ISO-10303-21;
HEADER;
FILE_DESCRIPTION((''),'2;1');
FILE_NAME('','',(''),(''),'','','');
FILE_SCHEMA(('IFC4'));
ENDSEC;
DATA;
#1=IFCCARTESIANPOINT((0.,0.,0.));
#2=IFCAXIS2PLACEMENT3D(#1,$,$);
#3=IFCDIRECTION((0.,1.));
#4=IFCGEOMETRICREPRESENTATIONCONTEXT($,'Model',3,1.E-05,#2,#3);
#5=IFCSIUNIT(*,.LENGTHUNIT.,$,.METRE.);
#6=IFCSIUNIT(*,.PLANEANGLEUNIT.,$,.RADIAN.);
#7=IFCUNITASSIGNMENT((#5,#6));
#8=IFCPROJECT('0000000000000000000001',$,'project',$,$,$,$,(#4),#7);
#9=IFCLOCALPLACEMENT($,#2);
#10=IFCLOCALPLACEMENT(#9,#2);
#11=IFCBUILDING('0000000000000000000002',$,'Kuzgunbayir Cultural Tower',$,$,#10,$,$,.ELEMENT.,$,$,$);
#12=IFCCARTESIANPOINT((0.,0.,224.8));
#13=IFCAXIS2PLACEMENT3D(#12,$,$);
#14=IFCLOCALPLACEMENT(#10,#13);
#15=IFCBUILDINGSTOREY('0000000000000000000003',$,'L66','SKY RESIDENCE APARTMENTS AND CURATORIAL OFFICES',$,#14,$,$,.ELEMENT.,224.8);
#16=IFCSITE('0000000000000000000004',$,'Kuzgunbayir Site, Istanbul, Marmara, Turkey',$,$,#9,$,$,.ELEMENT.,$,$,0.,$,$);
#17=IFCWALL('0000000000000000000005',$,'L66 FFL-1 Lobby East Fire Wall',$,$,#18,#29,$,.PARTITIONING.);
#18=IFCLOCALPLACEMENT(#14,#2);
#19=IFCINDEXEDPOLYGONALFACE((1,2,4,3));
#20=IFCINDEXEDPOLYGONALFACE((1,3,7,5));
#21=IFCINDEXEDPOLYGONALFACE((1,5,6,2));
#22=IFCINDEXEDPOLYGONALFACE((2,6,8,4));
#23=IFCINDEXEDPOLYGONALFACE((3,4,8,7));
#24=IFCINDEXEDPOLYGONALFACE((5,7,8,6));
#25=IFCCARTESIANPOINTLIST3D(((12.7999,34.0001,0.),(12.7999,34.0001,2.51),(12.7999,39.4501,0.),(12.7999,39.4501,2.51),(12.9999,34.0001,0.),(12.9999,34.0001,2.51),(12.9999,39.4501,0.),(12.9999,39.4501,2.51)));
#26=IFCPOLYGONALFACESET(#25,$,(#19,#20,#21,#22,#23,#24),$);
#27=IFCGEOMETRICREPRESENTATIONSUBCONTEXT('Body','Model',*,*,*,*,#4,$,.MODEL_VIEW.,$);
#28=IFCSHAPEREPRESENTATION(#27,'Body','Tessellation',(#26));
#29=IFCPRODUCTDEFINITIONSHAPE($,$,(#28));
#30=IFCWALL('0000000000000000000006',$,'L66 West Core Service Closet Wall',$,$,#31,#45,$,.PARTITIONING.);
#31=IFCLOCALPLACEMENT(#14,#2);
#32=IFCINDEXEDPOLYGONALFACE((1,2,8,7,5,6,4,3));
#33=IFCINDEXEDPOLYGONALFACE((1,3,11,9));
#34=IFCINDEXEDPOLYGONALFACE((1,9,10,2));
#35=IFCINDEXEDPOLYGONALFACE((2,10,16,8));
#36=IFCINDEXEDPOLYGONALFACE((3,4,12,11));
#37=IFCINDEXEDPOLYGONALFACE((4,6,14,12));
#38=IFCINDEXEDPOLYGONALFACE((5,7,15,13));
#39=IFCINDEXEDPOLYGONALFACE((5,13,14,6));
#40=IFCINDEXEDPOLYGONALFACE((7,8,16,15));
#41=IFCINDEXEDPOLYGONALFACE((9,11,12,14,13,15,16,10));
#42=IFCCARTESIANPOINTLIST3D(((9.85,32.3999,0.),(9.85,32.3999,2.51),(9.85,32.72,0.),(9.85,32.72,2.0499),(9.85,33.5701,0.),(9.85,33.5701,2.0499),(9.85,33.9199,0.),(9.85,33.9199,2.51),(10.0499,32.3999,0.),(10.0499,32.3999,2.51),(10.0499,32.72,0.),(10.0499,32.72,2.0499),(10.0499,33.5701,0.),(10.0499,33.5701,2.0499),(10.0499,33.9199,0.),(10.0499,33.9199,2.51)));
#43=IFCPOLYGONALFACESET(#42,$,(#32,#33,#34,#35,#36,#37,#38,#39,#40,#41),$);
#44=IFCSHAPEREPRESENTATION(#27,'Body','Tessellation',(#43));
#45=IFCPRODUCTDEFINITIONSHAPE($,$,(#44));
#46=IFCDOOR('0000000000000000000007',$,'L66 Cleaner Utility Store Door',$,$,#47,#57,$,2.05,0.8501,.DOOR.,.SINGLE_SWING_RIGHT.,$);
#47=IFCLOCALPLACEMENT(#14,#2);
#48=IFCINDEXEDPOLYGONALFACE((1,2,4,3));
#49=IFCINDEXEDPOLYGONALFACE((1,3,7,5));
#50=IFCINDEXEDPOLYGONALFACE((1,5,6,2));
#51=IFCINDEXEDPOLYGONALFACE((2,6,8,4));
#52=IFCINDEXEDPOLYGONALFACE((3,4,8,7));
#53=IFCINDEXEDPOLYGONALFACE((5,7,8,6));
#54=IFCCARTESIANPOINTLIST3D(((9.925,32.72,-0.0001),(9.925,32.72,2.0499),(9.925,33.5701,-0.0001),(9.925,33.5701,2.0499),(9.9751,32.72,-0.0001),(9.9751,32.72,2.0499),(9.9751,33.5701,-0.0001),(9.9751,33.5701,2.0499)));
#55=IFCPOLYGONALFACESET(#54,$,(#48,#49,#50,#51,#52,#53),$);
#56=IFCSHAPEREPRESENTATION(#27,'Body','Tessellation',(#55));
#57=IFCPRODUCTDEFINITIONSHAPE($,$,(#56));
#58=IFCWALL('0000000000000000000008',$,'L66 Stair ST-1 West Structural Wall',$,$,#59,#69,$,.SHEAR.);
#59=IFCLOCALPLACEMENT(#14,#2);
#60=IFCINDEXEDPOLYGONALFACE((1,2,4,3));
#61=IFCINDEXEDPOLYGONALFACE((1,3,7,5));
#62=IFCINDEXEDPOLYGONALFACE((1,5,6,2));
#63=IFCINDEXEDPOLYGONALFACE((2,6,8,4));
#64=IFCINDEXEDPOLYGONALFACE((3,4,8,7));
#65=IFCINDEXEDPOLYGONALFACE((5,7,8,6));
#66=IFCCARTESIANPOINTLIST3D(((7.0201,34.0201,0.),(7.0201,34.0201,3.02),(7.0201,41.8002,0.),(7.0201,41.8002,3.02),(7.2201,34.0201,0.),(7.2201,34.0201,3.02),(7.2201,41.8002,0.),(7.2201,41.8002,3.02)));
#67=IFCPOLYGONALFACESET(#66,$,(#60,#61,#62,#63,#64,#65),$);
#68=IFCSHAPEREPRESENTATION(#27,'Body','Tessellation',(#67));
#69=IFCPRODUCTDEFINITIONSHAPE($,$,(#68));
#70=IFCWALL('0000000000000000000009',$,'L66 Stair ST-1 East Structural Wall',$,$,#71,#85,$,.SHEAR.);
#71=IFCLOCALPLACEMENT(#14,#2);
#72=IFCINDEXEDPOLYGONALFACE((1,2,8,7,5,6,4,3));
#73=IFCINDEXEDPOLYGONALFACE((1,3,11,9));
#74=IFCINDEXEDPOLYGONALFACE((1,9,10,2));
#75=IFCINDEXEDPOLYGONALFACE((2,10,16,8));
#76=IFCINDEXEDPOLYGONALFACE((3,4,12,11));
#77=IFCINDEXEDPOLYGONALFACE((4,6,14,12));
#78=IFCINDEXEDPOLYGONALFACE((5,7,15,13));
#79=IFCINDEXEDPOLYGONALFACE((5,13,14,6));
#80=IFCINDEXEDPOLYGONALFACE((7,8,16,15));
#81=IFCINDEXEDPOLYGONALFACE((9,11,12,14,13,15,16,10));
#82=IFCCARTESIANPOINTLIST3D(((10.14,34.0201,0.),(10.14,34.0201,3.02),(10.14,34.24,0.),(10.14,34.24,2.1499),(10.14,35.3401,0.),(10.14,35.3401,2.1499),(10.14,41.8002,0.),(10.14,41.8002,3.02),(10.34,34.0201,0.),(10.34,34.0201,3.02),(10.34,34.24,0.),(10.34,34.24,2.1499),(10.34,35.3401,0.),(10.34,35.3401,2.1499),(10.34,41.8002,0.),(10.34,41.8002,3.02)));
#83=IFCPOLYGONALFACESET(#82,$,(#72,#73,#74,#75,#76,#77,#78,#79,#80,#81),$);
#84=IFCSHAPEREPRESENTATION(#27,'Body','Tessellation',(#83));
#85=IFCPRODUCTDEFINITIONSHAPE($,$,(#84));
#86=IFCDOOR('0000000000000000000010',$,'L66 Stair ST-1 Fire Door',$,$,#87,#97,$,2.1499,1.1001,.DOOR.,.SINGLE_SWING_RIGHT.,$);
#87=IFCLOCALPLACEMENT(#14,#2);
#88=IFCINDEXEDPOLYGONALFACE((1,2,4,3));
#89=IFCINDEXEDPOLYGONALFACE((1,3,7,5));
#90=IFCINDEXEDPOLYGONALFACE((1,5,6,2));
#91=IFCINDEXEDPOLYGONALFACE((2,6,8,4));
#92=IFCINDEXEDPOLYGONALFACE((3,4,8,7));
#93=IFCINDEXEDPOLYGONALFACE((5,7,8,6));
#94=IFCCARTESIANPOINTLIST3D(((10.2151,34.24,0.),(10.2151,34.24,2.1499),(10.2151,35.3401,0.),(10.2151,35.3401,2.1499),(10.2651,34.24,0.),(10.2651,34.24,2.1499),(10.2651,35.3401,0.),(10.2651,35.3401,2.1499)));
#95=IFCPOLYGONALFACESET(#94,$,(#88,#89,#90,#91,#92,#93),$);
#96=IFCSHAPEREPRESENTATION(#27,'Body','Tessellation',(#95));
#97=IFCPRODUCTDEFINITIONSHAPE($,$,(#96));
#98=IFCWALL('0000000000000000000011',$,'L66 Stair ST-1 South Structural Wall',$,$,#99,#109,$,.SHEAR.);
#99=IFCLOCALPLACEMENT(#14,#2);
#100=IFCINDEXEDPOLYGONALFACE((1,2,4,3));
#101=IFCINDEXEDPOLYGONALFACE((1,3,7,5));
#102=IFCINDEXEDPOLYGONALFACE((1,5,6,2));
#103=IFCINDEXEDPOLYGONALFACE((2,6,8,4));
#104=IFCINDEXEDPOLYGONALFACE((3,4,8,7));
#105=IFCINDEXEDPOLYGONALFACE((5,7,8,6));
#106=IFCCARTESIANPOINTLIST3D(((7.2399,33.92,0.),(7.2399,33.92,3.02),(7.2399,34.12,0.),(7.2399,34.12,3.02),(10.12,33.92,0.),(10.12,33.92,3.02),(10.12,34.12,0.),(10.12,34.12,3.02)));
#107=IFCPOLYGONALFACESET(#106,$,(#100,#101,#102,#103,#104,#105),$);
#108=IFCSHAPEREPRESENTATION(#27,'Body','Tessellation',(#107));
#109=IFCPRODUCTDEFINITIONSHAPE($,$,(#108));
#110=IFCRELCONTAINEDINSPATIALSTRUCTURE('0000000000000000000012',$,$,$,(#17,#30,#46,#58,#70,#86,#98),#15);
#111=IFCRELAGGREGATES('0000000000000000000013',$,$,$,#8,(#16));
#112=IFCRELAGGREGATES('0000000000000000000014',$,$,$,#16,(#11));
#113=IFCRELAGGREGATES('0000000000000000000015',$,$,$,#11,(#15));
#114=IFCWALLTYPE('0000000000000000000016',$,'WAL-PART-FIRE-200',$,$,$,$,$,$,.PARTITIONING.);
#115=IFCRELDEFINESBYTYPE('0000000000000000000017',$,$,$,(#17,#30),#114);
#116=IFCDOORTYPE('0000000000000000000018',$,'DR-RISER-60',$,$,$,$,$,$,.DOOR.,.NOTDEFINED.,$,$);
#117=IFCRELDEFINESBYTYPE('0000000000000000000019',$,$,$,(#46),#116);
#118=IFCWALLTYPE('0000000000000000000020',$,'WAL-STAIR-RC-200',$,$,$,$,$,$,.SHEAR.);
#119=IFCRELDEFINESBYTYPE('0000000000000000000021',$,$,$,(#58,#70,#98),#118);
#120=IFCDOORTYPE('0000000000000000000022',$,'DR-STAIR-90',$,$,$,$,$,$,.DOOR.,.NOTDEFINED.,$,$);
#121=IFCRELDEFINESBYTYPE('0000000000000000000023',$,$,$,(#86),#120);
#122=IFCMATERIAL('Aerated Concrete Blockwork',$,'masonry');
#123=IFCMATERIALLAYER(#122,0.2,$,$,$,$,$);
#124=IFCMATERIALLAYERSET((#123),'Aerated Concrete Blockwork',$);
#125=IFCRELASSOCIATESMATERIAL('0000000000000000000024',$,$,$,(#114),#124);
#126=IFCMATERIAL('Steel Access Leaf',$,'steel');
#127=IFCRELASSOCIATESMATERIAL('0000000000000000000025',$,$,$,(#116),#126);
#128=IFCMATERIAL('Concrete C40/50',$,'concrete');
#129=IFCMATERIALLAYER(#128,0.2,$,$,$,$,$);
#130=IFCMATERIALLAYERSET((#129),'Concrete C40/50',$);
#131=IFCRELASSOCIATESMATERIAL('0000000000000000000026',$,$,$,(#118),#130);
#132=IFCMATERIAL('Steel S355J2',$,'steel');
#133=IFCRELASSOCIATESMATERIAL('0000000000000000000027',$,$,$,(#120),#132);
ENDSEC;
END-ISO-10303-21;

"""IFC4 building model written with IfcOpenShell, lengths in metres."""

from ifc_helpers import new_model, si_unit, direction, frame, frame_2d, origin, place, context, subcontext, project, spatial, rectangle, extrude, material, layer, layer_set, type_object, element, fill, save


model = new_model("IFC4")

# Units and contexts
model_context = context("Model", 3, precision=1e-05, world=origin(), true_north=direction((0.0, 1.0)))
body_context = subcontext(model_context, "Body", "Model", "MODEL_VIEW")
ifc_project = project(units=[si_unit("LENGTHUNIT", "METRE"), si_unit("PLANEANGLEUNIT", "RADIAN")], contexts=[model_context])

# Site, building, storey
site_placement = place(None, origin())
site = spatial("IfcSite", under=ifc_project, at=site_placement, Name="Kuzgunbayir Site, Istanbul, Marmara, Turkey", CompositionType="ELEMENT", RefElevation=0.0)
building_placement = place(site_placement, origin())
building = spatial("IfcBuilding", under=site, at=building_placement, Name="Kuzgunbayir Cultural Tower", CompositionType="ELEMENT")
storey_placement = place(building_placement, frame((0.0, 0.0, 224.8)))
storey = spatial("IfcBuildingStorey", under=building, at=storey_placement, Name="L66", Description="SKY RESIDENCE APARTMENTS AND CURATORIAL OFFICES", CompositionType="ELEMENT", Elevation=224.8)

# Shared definitions
ifc_material_1 = material(Name="Steel S355J2", Category="steel")

# Wall
ifc_material_2 = material(Name="Aerated Concrete Blockwork", Category="masonry")
ifc_layer_1 = layer(ifc_material_2, 0.2)
ifc_layer_set_1 = layer_set([ifc_layer_1], Name="Aerated Concrete Blockwork")
wall_type_1 = type_object("IfcWallType", Name="WAL-PART-FIRE-200", PredefinedType="PARTITIONING", material=ifc_layer_set_1)
wall_1_placement = place(storey_placement, frame((12.8999, 34.0, 0.0), z_axis=(0.0, 0.0, 1.0), x_axis=(0.0, 1.0, 0.0)))
element("IfcWall", 1, at=wall_1_placement, inside=storey, type_object=wall_type_1, Name="L66 FFL-1 Lobby East Fire Wall", PredefinedType="PARTITIONING", context=body_context, shape_type="SweptSolid", body=[
    extrude(rectangle(XDim=5.45, YDim=0.2, at=frame_2d((2.7251, 0.0))), origin(), (0.0, 0.0, 1.0), 2.51),
])

# Wall, opening, door
wall_2_placement = place(storey_placement, frame((9.95, 32.3999, 0.0), z_axis=(0.0, 0.0, 1.0), x_axis=(0.0, 1.0, 0.0)))
wall_2 = element("IfcWall", 2, at=wall_2_placement, inside=storey, type_object=wall_type_1, Name="L66 West Core Service Closet Wall", PredefinedType="PARTITIONING", context=body_context, shape_type="SweptSolid", body=[
    extrude(rectangle(XDim=1.52, YDim=0.2, at=frame_2d((0.76, 0.0))), origin(), (0.0, 0.0, 1.0), 2.51),
])
opening_1_placement = place(wall_2_placement, frame((0.3201, 0.0, 0.0)))
opening_1 = element("IfcOpeningElement", 3, at=opening_1_placement, cuts=wall_2, PredefinedType="OPENING", context=body_context, shape_type="SweptSolid", body=[
    extrude(rectangle(XDim=0.8501, YDim=2.05, at=frame_2d((0.425, 1.0249))), frame((0.0, 0.1099, 0.0), z_axis=(0.0, -1.0, 0.0), x_axis=(1.0, 0.0, 0.0)), (0.0, 0.0, 1.0), 0.22),
])
ifc_material_3 = material(Name="Steel Access Leaf", Category="steel")
door_type_1 = type_object("IfcDoorType", Name="DR-RISER-60", OperationType="NOTDEFINED", PredefinedType="DOOR", material=ifc_material_3)
door_1_placement = place(opening_1_placement, origin())
door_1 = element("IfcDoor", 4, at=door_1_placement, inside=storey, type_object=door_type_1, Name="L66 Cleaner Utility Store Door", OperationType="SINGLE_SWING_RIGHT", OverallHeight=2.05, OverallWidth=0.8501, PredefinedType="DOOR", context=body_context, shape_type="SweptSolid", body=[
    extrude(rectangle(XDim=0.8501, YDim=2.05, at=frame_2d((0.425, 1.0249))), frame((0.0, 0.0249, 0.0), z_axis=(0.0, -1.0, 0.0), x_axis=(1.0, 0.0, 0.0)), (0.0, 0.0, 1.0), 0.05),
])
fill(opening_1, door_1)

# Wall
ifc_material_4 = material(Name="Concrete C40/50", Category="concrete")
ifc_layer_2 = layer(ifc_material_4, 0.2)
ifc_layer_set_2 = layer_set([ifc_layer_2], Name="Concrete C40/50")
wall_type_2 = type_object("IfcWallType", Name="WAL-STAIR-RC-200", PredefinedType="SHEAR", material=ifc_layer_set_2)
wall_3_placement = place(storey_placement, frame((7.1201, 34.02, 0.0), z_axis=(0.0, 0.0, 1.0), x_axis=(0.0, 1.0, 0.0)))
element("IfcWall", 5, at=wall_3_placement, inside=storey, type_object=wall_type_2, Name="L66 Stair ST-1 West Structural Wall", PredefinedType="SHEAR", context=body_context, shape_type="SweptSolid", body=[
    extrude(rectangle(XDim=7.78, YDim=0.2, at=frame_2d((3.8901, 0.0))), origin(), (0.0, 0.0, 1.0), 3.02),
])

# Wall, opening, door
wall_4_placement = place(storey_placement, frame((10.24, 34.02, 0.0), z_axis=(0.0, 0.0, 1.0), x_axis=(0.0, 1.0, 0.0)))
wall_4 = element("IfcWall", 6, at=wall_4_placement, inside=storey, type_object=wall_type_2, Name="L66 Stair ST-1 East Structural Wall", PredefinedType="SHEAR", context=body_context, shape_type="SweptSolid", body=[
    extrude(rectangle(XDim=7.78, YDim=0.2, at=frame_2d((3.8901, 0.0))), origin(), (0.0, 0.0, 1.0), 3.02),
])
opening_2_placement = place(wall_4_placement, frame((0.22, 0.0, 0.0)))
opening_2 = element("IfcOpeningElement", 7, at=opening_2_placement, cuts=wall_4, PredefinedType="OPENING", context=body_context, shape_type="SweptSolid", body=[
    extrude(rectangle(XDim=1.1001, YDim=2.1499, at=frame_2d((0.55, 1.075))), frame((0.0, 0.1099, 0.0), z_axis=(0.0, -1.0, 0.0), x_axis=(1.0, 0.0, 0.0)), (0.0, 0.0, 1.0), 0.22),
])
door_type_2 = type_object("IfcDoorType", Name="DR-STAIR-90", OperationType="NOTDEFINED", PredefinedType="DOOR", material=ifc_material_1)
door_2_placement = place(opening_2_placement, origin())
door_2 = element("IfcDoor", 8, at=door_2_placement, inside=storey, type_object=door_type_2, Name="L66 Stair ST-1 Fire Door", OperationType="SINGLE_SWING_RIGHT", OverallHeight=2.1499, OverallWidth=1.1001, PredefinedType="DOOR", context=body_context, shape_type="SweptSolid", body=[
    extrude(rectangle(XDim=1.1001, YDim=2.1499, at=frame_2d((0.55, 1.075))), frame((0.0, 0.0249, 0.0), z_axis=(0.0, -1.0, 0.0), x_axis=(1.0, 0.0, 0.0)), (0.0, 0.0, 1.0), 0.05),
])
fill(opening_2, door_2)

# Wall
wall_5_placement = place(storey_placement, frame((7.24, 34.02, 0.0), z_axis=(0.0, 0.0, 1.0), x_axis=(1.0, 0.0, 0.0)))
element("IfcWall", 9, at=wall_5_placement, inside=storey, type_object=wall_type_2, Name="L66 Stair ST-1 South Structural Wall", PredefinedType="SHEAR", context=body_context, shape_type="SweptSolid", body=[
    extrude(rectangle(XDim=2.8801, YDim=0.2, at=frame_2d((1.4399, 0.0))), origin(), (0.0, 0.0, 1.0), 3.02),
])

save(model, "model.ifc")
